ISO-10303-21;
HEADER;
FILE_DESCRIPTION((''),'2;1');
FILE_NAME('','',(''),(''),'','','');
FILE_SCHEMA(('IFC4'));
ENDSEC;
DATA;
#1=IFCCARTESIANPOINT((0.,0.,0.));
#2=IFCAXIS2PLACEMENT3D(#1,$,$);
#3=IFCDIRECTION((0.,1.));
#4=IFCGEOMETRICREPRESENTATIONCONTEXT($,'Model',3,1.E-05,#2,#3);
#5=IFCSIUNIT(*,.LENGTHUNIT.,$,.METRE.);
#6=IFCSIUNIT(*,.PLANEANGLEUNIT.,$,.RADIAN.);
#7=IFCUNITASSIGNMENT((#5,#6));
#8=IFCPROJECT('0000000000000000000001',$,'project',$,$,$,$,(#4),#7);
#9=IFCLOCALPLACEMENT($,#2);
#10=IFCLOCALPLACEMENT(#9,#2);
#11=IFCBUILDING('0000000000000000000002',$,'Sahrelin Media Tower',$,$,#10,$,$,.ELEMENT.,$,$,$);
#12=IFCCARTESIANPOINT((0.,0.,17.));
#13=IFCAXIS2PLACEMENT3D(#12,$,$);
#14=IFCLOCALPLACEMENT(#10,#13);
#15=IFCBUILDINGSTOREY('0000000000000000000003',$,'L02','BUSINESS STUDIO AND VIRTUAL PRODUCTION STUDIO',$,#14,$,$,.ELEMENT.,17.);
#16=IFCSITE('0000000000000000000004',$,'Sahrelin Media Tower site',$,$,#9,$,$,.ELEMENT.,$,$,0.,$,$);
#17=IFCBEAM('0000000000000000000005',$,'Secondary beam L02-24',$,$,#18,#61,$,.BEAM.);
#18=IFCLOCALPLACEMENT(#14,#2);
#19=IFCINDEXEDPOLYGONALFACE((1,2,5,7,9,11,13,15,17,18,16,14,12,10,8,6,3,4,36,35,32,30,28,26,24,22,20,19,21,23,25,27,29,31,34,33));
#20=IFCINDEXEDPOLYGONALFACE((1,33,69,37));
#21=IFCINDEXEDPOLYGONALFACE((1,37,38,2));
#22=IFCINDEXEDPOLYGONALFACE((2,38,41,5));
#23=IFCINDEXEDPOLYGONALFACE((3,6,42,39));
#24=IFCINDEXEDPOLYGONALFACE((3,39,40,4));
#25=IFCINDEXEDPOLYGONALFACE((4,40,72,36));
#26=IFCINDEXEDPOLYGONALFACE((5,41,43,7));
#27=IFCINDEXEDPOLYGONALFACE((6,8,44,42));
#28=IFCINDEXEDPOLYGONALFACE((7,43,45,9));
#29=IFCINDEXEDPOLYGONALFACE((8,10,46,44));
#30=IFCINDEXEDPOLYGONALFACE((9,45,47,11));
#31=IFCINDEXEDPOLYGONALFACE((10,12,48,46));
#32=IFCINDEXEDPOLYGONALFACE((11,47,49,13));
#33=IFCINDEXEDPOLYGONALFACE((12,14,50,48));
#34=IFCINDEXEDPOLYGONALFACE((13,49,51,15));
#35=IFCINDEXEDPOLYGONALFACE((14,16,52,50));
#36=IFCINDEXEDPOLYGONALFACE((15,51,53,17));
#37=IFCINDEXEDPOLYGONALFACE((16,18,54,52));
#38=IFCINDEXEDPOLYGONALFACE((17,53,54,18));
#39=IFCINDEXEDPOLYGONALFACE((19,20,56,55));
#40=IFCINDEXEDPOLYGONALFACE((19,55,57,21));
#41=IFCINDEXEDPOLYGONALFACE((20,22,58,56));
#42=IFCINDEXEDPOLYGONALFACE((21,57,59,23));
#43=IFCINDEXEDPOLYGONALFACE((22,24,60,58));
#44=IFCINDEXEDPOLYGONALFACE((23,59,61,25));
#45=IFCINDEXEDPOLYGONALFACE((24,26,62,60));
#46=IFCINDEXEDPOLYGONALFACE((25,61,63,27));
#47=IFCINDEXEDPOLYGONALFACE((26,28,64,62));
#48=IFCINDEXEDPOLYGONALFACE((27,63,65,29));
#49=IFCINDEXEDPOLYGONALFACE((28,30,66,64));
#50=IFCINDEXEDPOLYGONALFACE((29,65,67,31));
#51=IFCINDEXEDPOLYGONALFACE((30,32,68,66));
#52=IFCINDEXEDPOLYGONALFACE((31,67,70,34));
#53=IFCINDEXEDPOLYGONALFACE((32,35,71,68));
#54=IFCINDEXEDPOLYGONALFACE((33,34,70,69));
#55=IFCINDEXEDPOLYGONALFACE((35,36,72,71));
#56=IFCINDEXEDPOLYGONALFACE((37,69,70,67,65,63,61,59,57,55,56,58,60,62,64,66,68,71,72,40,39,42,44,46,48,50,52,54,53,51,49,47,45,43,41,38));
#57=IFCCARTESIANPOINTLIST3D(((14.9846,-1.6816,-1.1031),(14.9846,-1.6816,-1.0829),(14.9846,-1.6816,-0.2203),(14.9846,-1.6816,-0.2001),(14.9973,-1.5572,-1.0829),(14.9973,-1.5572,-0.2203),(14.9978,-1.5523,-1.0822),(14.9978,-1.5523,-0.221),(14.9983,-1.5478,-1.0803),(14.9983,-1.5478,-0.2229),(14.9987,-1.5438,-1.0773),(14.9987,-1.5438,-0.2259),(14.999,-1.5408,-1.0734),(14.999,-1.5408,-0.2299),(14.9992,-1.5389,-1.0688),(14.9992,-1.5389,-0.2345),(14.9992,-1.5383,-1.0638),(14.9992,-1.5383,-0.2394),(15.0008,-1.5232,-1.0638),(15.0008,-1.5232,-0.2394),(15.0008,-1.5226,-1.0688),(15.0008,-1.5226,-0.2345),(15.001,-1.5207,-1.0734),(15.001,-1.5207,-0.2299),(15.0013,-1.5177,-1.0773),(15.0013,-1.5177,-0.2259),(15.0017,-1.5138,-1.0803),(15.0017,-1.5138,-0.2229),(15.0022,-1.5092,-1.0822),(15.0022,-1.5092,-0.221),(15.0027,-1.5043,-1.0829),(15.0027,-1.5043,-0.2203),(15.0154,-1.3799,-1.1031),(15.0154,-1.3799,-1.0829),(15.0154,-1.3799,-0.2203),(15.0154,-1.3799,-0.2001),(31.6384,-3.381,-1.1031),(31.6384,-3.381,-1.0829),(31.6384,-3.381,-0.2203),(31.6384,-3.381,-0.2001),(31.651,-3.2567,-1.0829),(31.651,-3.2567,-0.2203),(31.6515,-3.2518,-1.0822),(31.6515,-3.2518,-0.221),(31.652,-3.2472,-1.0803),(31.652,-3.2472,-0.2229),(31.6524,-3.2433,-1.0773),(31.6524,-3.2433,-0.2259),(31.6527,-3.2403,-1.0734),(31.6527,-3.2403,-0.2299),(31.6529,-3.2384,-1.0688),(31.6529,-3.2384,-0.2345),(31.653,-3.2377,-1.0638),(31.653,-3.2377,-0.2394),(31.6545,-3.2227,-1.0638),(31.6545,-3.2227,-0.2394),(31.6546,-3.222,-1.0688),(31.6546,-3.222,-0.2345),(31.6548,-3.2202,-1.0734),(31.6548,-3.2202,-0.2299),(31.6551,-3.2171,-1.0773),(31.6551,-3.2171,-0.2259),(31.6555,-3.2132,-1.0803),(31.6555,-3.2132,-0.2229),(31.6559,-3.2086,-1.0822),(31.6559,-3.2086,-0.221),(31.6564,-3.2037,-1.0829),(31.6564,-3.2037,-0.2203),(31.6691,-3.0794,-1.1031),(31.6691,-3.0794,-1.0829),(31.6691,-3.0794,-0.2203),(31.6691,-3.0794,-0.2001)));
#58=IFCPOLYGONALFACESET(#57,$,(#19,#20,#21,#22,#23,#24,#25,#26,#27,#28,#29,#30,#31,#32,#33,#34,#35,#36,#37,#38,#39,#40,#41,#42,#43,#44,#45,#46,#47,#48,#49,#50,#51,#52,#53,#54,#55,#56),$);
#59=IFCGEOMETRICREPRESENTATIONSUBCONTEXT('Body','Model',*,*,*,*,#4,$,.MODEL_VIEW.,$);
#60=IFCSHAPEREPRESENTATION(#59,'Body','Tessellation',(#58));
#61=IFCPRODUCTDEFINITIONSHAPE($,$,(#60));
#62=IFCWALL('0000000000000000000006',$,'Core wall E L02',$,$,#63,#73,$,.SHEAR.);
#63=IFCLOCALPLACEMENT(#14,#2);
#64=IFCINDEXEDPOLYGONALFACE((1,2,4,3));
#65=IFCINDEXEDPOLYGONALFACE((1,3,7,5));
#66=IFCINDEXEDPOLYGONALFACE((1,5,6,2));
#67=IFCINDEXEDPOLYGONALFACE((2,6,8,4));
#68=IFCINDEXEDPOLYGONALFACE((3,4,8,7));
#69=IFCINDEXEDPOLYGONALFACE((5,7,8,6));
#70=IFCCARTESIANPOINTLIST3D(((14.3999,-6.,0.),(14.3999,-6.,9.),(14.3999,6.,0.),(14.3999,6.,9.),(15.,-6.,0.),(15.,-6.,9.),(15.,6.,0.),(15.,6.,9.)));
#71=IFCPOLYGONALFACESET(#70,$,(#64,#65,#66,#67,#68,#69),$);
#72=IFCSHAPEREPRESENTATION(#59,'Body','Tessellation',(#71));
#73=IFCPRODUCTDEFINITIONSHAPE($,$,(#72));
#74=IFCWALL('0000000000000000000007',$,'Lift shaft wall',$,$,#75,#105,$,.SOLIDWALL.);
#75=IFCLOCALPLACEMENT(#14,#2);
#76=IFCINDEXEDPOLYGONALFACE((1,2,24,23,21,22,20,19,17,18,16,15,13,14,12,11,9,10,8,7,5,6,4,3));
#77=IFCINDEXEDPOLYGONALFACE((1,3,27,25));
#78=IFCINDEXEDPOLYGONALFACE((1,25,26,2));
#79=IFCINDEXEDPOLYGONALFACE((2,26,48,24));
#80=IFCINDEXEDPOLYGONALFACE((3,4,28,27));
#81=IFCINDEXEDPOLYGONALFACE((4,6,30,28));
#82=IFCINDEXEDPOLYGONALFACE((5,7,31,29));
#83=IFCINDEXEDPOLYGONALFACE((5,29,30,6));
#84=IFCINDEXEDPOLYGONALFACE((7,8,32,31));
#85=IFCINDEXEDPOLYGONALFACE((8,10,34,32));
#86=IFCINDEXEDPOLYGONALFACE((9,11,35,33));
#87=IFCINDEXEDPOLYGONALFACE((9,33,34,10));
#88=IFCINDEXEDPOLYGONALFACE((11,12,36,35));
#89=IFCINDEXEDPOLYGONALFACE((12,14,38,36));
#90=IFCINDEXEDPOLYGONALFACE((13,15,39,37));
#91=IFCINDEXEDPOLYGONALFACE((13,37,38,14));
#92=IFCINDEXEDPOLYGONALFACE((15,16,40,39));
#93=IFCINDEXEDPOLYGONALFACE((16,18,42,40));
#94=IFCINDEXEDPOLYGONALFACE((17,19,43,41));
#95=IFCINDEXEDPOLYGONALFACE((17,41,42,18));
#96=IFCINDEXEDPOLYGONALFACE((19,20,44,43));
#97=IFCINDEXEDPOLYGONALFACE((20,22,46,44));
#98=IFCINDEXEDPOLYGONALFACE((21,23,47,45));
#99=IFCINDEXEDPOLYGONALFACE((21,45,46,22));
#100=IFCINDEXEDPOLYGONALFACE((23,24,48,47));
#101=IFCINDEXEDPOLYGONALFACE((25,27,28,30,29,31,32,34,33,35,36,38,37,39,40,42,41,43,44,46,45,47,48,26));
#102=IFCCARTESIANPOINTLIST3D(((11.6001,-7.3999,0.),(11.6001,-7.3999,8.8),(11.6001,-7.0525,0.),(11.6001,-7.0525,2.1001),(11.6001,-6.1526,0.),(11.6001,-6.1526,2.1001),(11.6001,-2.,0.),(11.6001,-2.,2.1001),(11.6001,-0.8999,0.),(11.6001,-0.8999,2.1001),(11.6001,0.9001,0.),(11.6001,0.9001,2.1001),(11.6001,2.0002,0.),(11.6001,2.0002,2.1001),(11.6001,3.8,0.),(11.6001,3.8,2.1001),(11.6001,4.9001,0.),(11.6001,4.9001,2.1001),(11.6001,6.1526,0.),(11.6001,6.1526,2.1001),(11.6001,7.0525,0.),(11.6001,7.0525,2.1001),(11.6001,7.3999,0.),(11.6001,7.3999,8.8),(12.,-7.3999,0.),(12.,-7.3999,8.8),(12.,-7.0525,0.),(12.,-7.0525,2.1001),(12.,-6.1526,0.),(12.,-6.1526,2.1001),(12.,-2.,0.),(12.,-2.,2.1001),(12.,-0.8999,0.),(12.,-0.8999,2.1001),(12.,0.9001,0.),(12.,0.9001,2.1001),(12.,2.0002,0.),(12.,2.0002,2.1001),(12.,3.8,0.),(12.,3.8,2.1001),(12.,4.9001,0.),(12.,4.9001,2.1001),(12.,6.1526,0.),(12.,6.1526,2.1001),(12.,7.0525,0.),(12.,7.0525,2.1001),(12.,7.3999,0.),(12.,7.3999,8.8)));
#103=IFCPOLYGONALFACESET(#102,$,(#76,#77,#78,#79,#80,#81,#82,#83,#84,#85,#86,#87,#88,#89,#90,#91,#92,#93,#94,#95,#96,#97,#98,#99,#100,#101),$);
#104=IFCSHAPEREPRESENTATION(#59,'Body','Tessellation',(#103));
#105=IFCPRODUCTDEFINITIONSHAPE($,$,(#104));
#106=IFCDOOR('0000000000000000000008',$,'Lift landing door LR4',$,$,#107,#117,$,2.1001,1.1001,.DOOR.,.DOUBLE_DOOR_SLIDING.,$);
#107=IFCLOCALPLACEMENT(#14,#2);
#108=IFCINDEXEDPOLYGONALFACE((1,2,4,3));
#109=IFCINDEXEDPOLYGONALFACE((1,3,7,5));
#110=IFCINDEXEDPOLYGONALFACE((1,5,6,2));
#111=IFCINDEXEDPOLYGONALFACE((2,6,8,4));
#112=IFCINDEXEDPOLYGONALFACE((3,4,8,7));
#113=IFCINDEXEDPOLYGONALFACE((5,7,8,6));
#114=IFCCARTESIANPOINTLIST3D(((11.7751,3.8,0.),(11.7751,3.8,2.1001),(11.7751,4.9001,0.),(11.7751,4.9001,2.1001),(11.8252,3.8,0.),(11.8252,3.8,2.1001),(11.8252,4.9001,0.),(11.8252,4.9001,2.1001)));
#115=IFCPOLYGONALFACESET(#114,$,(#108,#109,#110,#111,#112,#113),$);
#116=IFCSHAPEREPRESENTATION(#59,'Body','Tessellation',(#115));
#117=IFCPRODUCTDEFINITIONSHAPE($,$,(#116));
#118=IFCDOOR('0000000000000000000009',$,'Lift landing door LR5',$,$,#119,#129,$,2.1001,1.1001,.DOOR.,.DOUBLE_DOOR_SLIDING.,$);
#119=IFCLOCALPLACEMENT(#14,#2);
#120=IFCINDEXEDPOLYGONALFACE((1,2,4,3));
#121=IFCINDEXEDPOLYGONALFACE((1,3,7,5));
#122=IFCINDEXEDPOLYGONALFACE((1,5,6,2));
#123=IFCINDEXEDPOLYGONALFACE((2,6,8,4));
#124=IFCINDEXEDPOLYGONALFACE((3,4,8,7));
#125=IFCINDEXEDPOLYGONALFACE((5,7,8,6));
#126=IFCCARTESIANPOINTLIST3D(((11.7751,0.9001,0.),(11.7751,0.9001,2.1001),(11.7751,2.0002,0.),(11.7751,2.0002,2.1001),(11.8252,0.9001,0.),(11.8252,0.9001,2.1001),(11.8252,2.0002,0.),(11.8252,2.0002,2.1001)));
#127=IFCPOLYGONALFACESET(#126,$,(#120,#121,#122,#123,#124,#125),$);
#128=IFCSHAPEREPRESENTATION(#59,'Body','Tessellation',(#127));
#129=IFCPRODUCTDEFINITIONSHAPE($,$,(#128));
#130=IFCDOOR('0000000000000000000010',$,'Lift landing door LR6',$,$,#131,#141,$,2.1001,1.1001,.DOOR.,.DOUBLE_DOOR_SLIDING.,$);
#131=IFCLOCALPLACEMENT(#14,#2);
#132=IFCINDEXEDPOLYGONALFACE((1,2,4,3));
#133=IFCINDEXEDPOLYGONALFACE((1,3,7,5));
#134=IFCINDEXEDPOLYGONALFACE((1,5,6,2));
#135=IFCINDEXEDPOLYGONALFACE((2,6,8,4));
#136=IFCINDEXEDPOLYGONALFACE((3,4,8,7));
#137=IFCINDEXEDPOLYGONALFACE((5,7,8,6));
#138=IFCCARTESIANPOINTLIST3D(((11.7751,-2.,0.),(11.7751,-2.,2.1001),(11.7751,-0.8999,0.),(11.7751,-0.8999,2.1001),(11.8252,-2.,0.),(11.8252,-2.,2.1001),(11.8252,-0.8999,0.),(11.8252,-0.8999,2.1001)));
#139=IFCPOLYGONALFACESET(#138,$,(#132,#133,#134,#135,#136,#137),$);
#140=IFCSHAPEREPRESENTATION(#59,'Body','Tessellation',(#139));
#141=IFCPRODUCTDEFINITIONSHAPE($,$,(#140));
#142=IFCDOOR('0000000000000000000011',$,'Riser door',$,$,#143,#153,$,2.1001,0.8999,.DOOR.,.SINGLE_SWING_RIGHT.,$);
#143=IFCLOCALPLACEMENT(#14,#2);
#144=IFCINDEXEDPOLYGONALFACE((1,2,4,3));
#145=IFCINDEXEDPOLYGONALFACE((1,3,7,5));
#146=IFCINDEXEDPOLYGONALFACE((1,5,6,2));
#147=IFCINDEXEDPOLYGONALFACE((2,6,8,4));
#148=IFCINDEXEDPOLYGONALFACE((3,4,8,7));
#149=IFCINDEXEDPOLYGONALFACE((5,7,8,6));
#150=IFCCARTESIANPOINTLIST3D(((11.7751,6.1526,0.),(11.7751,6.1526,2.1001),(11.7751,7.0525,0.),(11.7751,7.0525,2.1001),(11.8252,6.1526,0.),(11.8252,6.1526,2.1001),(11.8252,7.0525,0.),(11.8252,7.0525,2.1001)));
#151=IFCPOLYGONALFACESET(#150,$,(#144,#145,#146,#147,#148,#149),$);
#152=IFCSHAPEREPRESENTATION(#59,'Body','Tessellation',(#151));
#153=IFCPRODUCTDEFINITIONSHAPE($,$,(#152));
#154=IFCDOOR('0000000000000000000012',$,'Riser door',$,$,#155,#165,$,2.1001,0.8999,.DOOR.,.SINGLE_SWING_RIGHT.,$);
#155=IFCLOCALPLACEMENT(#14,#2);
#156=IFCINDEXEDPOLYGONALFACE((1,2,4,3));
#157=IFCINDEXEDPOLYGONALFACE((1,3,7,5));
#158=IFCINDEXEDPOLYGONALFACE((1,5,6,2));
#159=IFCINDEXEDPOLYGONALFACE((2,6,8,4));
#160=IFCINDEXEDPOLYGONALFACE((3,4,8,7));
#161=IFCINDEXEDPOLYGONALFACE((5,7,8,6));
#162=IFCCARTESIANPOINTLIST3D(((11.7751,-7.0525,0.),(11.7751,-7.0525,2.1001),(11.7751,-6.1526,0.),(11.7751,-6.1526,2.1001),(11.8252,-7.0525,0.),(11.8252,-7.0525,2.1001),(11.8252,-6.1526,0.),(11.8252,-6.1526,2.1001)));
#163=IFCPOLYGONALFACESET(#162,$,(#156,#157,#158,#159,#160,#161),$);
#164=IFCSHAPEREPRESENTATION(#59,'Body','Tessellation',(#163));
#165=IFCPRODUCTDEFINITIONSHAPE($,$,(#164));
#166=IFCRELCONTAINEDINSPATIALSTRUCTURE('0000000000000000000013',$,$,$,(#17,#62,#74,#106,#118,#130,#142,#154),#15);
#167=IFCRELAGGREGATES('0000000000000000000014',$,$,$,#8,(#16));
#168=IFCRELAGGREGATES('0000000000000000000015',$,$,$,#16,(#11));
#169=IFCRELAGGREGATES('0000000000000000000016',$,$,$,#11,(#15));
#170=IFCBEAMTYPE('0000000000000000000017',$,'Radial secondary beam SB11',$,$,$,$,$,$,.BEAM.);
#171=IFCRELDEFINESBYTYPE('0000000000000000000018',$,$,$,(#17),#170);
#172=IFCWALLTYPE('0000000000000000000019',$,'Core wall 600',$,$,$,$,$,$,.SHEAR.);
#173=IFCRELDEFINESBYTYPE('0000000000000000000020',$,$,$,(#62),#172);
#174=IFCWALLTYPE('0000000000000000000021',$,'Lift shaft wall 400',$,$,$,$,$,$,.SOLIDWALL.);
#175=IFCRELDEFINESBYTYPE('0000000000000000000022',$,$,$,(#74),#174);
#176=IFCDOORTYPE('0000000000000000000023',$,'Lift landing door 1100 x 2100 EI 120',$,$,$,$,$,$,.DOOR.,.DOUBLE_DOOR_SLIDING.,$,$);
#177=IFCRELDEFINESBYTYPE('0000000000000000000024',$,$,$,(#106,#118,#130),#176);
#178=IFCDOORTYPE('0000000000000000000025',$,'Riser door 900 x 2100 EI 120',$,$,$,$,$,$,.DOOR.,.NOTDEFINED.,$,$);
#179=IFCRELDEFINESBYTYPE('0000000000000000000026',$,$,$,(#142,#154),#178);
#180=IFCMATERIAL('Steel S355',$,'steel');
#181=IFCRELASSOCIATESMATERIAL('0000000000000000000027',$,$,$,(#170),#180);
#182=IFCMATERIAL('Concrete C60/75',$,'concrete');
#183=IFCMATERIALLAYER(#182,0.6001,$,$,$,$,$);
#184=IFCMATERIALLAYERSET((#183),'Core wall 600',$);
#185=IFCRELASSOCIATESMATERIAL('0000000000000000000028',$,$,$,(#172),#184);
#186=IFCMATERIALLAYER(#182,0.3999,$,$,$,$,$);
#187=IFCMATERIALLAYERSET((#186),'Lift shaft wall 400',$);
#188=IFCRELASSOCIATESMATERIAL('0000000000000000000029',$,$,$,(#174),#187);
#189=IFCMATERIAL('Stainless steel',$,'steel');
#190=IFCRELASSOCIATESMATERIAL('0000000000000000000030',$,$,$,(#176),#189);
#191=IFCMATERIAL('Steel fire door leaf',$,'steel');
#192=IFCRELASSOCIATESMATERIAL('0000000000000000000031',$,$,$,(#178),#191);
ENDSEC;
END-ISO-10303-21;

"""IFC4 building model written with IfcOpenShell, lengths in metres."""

from ifc_helpers import new_model, si_unit, direction, frame, frame_2d, origin, origin_2d, place, context, subcontext, project, spatial, rectangle, i_section, extrude, material, layer, layer_set, material_profile, profile_set, type_object, element, fill, save


model = new_model("IFC4")

# Units and contexts
model_context = context("Model", 3, precision=1e-05, world=origin(), true_north=direction((0.0, 1.0)))
body_context = subcontext(model_context, "Body", "Model", "MODEL_VIEW")
ifc_project = project(units=[si_unit("LENGTHUNIT", "METRE"), si_unit("PLANEANGLEUNIT", "RADIAN")], contexts=[model_context])

# Site, building, storey
site_placement = place(None, origin())
site = spatial("IfcSite", under=ifc_project, at=site_placement, Name="Sahrelin Media Tower site", CompositionType="ELEMENT", RefElevation=0.0)
building_placement = place(site_placement, origin())
building = spatial("IfcBuilding", under=site, at=building_placement, Name="Sahrelin Media Tower", CompositionType="ELEMENT")
storey_placement = place(building_placement, frame((0.0, 0.0, 17.0)))
storey = spatial("IfcBuildingStorey", under=building, at=storey_placement, Name="L02", Description="BUSINESS STUDIO AND VIRTUAL PRODUCTION STUDIO", CompositionType="ELEMENT", Elevation=17.0)

# Beam
ifc_material_1 = material(Name="Steel S355", Category="steel")
ifc_material_profile_1 = material_profile(ifc_material_1, i_section(OverallWidth=0.3032, OverallDepth=0.9031, WebThickness=0.0151, FlangeThickness=0.0203, FilletRadius=0.019, at=origin_2d()), Name="UB 914x305x201")
ifc_profile_set_1 = profile_set([ifc_material_profile_1], Name="Steel S355")
beam_type_1 = type_object("IfcBeamType", Name="Radial secondary beam SB11", PredefinedType="BEAM", material=ifc_profile_set_1)
beam_1_placement = place(storey_placement, frame((15.0, -1.5308, -0.6516), z_axis=(0.994834, -0.101519, 0.0), x_axis=(0.101519, 0.994834, 0.0)))
element("IfcBeam", 1, at=beam_1_placement, inside=storey, type_object=beam_type_1, Name="Secondary beam L02-24", PredefinedType="BEAM", context=body_context, shape_type="SweptSolid", body=[
    extrude(i_section(OverallWidth=0.3032, OverallDepth=0.9031, WebThickness=0.0151, FlangeThickness=0.0203, FilletRadius=0.019, at=origin_2d()), origin(), (0.0, 0.0, 1.0), 16.7402),
])

# Wall
ifc_material_2 = material(Name="Concrete C60/75", Category="concrete")
ifc_layer_1 = layer(ifc_material_2, 0.6001)
ifc_layer_set_1 = layer_set([ifc_layer_1], Name="Core wall 600")
wall_type_1 = type_object("IfcWallType", Name="Core wall 600", PredefinedType="SHEAR", material=ifc_layer_set_1)
wall_1_placement = place(storey_placement, frame((14.7, -6.0, 0.0), z_axis=(0.0, 0.0, 1.0), x_axis=(0.0, 1.0, 0.0)))
element("IfcWall", 2, at=wall_1_placement, inside=storey, type_object=wall_type_1, Name="Core wall E L02", PredefinedType="SHEAR", context=body_context, shape_type="SweptSolid", body=[
    extrude(rectangle(XDim=12.0, YDim=0.6001, at=frame_2d((6.0, 0.0))), origin(), (0.0, 0.0, 1.0), 9.0),
])

# Wall, openings, doors
ifc_layer_2 = layer(ifc_material_2, 0.3999)
ifc_layer_set_2 = layer_set([ifc_layer_2], Name="Lift shaft wall 400")
wall_type_2 = type_object("IfcWallType", Name="Lift shaft wall 400", PredefinedType="SOLIDWALL", material=ifc_layer_set_2)
wall_2_placement = place(storey_placement, frame((11.8, -7.3999, 0.0), z_axis=(0.0, 0.0, 1.0), x_axis=(0.0, 1.0, 0.0)))
wall_2 = element("IfcWall", 3, at=wall_2_placement, inside=storey, type_object=wall_type_2, Name="Lift shaft wall", PredefinedType="SOLIDWALL", context=body_context, shape_type="SweptSolid", body=[
    extrude(rectangle(XDim=14.7998, YDim=0.3999, at=frame_2d((7.3999, 0.0))), origin(), (0.0, 0.0, 1.0), 8.8),
])
opening_1_placement = place(wall_2_placement, frame((11.2, 0.0, 0.0)))
opening_1 = element("IfcOpeningElement", 4, at=opening_1_placement, cuts=wall_2, PredefinedType="OPENING", context=body_context, shape_type="SweptSolid", body=[
    extrude(rectangle(XDim=1.1001, YDim=2.1001, at=frame_2d((0.55, 1.05))), frame((0.0, 0.2, 0.0), z_axis=(0.0, -1.0, 0.0), x_axis=(1.0, 0.0, 0.0)), (0.0, 0.0, 1.0), 0.3999),
])
opening_2_placement = place(wall_2_placement, frame((8.3, 0.0, 0.0)))
opening_2 = element("IfcOpeningElement", 5, at=opening_2_placement, cuts=wall_2, PredefinedType="OPENING", context=body_context, shape_type="SweptSolid", body=[
    extrude(rectangle(XDim=1.1001, YDim=2.1001, at=frame_2d((0.55, 1.05))), frame((0.0, 0.2, 0.0), z_axis=(0.0, -1.0, 0.0), x_axis=(1.0, 0.0, 0.0)), (0.0, 0.0, 1.0), 0.3999),
])
opening_3_placement = place(wall_2_placement, frame((5.3999, 0.0, 0.0)))
opening_3 = element("IfcOpeningElement", 6, at=opening_3_placement, cuts=wall_2, PredefinedType="OPENING", context=body_context, shape_type="SweptSolid", body=[
    extrude(rectangle(XDim=1.1001, YDim=2.1001, at=frame_2d((0.55, 1.05))), frame((0.0, 0.2, 0.0), z_axis=(0.0, -1.0, 0.0), x_axis=(1.0, 0.0, 0.0)), (0.0, 0.0, 1.0), 0.3999),
])
opening_4_placement = place(wall_2_placement, frame((13.5525, 0.0, 0.0)))
opening_4 = element("IfcOpeningElement", 7, at=opening_4_placement, cuts=wall_2, PredefinedType="OPENING", context=body_context, shape_type="SweptSolid", body=[
    extrude(rectangle(XDim=0.8999, YDim=2.1001, at=frame_2d((0.45, 1.05))), frame((0.0, 0.2, 0.0), z_axis=(0.0, -1.0, 0.0), x_axis=(1.0, 0.0, 0.0)), (0.0, 0.0, 1.0), 0.3999),
])
opening_5_placement = place(wall_2_placement, frame((0.3474, 0.0, 0.0)))
opening_5 = element("IfcOpeningElement", 8, at=opening_5_placement, cuts=wall_2, PredefinedType="OPENING", context=body_context, shape_type="SweptSolid", body=[
    extrude(rectangle(XDim=0.8999, YDim=2.1001, at=frame_2d((0.45, 1.05))), frame((0.0, 0.2, 0.0), z_axis=(0.0, -1.0, 0.0), x_axis=(1.0, 0.0, 0.0)), (0.0, 0.0, 1.0), 0.3999),
])
ifc_material_3 = material(Name="Stainless steel", Category="steel")
door_type_1 = type_object("IfcDoorType", Name="Lift landing door 1100 x 2100 EI 120", OperationType="DOUBLE_DOOR_SLIDING", PredefinedType="DOOR", material=ifc_material_3)
door_1_placement = place(opening_1_placement, origin())
door_1 = element("IfcDoor", 9, at=door_1_placement, inside=storey, type_object=door_type_1, Name="Lift landing door LR4", OperationType="DOUBLE_DOOR_SLIDING", OverallHeight=2.1001, OverallWidth=1.1001, PredefinedType="DOOR", context=body_context, shape_type="SweptSolid", body=[
    extrude(rectangle(XDim=1.1001, YDim=2.1001, at=frame_2d((0.55, 1.05))), frame((0.0, 0.0249, 0.0), z_axis=(0.0, -1.0, 0.0), x_axis=(1.0, 0.0, 0.0)), (0.0, 0.0, 1.0), 0.05),
])
fill(opening_1, door_1)
door_2_placement = place(opening_2_placement, origin())
door_2 = element("IfcDoor", 10, at=door_2_placement, inside=storey, type_object=door_type_1, Name="Lift landing door LR5", OperationType="DOUBLE_DOOR_SLIDING", OverallHeight=2.1001, OverallWidth=1.1001, PredefinedType="DOOR", context=body_context, shape_type="SweptSolid", body=[
    extrude(rectangle(XDim=1.1001, YDim=2.1001, at=frame_2d((0.55, 1.05))), frame((0.0, 0.0249, 0.0), z_axis=(0.0, -1.0, 0.0), x_axis=(1.0, 0.0, 0.0)), (0.0, 0.0, 1.0), 0.05),
])
fill(opening_2, door_2)
door_3_placement = place(opening_3_placement, origin())
door_3 = element("IfcDoor", 11, at=door_3_placement, inside=storey, type_object=door_type_1, Name="Lift landing door LR6", OperationType="DOUBLE_DOOR_SLIDING", OverallHeight=2.1001, OverallWidth=1.1001, PredefinedType="DOOR", context=body_context, shape_type="SweptSolid", body=[
    extrude(rectangle(XDim=1.1001, YDim=2.1001, at=frame_2d((0.55, 1.05))), frame((0.0, 0.0249, 0.0), z_axis=(0.0, -1.0, 0.0), x_axis=(1.0, 0.0, 0.0)), (0.0, 0.0, 1.0), 0.05),
])
fill(opening_3, door_3)
ifc_material_4 = material(Name="Steel fire door leaf", Category="steel")
door_type_2 = type_object("IfcDoorType", Name="Riser door 900 x 2100 EI 120", OperationType="NOTDEFINED", PredefinedType="DOOR", material=ifc_material_4)
door_4_placement = place(opening_4_placement, origin())
door_4 = element("IfcDoor", 12, at=door_4_placement, inside=storey, type_object=door_type_2, Name="Riser door", OperationType="SINGLE_SWING_RIGHT", OverallHeight=2.1001, OverallWidth=0.8999, PredefinedType="DOOR", context=body_context, shape_type="SweptSolid", body=[
    extrude(rectangle(XDim=0.8999, YDim=2.1001, at=frame_2d((0.45, 1.05))), frame((0.0, 0.0249, 0.0), z_axis=(0.0, -1.0, 0.0), x_axis=(1.0, 0.0, 0.0)), (0.0, 0.0, 1.0), 0.05),
])
fill(opening_4, door_4)
door_5_placement = place(opening_5_placement, origin())
door_5 = element("IfcDoor", 13, at=door_5_placement, inside=storey, type_object=door_type_2, Name="Riser door", OperationType="SINGLE_SWING_RIGHT", OverallHeight=2.1001, OverallWidth=0.8999, PredefinedType="DOOR", context=body_context, shape_type="SweptSolid", body=[
    extrude(rectangle(XDim=0.8999, YDim=2.1001, at=frame_2d((0.45, 1.05))), frame((0.0, 0.0249, 0.0), z_axis=(0.0, -1.0, 0.0), x_axis=(1.0, 0.0, 0.0)), (0.0, 0.0, 1.0), 0.05),
])
fill(opening_5, door_5)

save(model, "model.ifc")
